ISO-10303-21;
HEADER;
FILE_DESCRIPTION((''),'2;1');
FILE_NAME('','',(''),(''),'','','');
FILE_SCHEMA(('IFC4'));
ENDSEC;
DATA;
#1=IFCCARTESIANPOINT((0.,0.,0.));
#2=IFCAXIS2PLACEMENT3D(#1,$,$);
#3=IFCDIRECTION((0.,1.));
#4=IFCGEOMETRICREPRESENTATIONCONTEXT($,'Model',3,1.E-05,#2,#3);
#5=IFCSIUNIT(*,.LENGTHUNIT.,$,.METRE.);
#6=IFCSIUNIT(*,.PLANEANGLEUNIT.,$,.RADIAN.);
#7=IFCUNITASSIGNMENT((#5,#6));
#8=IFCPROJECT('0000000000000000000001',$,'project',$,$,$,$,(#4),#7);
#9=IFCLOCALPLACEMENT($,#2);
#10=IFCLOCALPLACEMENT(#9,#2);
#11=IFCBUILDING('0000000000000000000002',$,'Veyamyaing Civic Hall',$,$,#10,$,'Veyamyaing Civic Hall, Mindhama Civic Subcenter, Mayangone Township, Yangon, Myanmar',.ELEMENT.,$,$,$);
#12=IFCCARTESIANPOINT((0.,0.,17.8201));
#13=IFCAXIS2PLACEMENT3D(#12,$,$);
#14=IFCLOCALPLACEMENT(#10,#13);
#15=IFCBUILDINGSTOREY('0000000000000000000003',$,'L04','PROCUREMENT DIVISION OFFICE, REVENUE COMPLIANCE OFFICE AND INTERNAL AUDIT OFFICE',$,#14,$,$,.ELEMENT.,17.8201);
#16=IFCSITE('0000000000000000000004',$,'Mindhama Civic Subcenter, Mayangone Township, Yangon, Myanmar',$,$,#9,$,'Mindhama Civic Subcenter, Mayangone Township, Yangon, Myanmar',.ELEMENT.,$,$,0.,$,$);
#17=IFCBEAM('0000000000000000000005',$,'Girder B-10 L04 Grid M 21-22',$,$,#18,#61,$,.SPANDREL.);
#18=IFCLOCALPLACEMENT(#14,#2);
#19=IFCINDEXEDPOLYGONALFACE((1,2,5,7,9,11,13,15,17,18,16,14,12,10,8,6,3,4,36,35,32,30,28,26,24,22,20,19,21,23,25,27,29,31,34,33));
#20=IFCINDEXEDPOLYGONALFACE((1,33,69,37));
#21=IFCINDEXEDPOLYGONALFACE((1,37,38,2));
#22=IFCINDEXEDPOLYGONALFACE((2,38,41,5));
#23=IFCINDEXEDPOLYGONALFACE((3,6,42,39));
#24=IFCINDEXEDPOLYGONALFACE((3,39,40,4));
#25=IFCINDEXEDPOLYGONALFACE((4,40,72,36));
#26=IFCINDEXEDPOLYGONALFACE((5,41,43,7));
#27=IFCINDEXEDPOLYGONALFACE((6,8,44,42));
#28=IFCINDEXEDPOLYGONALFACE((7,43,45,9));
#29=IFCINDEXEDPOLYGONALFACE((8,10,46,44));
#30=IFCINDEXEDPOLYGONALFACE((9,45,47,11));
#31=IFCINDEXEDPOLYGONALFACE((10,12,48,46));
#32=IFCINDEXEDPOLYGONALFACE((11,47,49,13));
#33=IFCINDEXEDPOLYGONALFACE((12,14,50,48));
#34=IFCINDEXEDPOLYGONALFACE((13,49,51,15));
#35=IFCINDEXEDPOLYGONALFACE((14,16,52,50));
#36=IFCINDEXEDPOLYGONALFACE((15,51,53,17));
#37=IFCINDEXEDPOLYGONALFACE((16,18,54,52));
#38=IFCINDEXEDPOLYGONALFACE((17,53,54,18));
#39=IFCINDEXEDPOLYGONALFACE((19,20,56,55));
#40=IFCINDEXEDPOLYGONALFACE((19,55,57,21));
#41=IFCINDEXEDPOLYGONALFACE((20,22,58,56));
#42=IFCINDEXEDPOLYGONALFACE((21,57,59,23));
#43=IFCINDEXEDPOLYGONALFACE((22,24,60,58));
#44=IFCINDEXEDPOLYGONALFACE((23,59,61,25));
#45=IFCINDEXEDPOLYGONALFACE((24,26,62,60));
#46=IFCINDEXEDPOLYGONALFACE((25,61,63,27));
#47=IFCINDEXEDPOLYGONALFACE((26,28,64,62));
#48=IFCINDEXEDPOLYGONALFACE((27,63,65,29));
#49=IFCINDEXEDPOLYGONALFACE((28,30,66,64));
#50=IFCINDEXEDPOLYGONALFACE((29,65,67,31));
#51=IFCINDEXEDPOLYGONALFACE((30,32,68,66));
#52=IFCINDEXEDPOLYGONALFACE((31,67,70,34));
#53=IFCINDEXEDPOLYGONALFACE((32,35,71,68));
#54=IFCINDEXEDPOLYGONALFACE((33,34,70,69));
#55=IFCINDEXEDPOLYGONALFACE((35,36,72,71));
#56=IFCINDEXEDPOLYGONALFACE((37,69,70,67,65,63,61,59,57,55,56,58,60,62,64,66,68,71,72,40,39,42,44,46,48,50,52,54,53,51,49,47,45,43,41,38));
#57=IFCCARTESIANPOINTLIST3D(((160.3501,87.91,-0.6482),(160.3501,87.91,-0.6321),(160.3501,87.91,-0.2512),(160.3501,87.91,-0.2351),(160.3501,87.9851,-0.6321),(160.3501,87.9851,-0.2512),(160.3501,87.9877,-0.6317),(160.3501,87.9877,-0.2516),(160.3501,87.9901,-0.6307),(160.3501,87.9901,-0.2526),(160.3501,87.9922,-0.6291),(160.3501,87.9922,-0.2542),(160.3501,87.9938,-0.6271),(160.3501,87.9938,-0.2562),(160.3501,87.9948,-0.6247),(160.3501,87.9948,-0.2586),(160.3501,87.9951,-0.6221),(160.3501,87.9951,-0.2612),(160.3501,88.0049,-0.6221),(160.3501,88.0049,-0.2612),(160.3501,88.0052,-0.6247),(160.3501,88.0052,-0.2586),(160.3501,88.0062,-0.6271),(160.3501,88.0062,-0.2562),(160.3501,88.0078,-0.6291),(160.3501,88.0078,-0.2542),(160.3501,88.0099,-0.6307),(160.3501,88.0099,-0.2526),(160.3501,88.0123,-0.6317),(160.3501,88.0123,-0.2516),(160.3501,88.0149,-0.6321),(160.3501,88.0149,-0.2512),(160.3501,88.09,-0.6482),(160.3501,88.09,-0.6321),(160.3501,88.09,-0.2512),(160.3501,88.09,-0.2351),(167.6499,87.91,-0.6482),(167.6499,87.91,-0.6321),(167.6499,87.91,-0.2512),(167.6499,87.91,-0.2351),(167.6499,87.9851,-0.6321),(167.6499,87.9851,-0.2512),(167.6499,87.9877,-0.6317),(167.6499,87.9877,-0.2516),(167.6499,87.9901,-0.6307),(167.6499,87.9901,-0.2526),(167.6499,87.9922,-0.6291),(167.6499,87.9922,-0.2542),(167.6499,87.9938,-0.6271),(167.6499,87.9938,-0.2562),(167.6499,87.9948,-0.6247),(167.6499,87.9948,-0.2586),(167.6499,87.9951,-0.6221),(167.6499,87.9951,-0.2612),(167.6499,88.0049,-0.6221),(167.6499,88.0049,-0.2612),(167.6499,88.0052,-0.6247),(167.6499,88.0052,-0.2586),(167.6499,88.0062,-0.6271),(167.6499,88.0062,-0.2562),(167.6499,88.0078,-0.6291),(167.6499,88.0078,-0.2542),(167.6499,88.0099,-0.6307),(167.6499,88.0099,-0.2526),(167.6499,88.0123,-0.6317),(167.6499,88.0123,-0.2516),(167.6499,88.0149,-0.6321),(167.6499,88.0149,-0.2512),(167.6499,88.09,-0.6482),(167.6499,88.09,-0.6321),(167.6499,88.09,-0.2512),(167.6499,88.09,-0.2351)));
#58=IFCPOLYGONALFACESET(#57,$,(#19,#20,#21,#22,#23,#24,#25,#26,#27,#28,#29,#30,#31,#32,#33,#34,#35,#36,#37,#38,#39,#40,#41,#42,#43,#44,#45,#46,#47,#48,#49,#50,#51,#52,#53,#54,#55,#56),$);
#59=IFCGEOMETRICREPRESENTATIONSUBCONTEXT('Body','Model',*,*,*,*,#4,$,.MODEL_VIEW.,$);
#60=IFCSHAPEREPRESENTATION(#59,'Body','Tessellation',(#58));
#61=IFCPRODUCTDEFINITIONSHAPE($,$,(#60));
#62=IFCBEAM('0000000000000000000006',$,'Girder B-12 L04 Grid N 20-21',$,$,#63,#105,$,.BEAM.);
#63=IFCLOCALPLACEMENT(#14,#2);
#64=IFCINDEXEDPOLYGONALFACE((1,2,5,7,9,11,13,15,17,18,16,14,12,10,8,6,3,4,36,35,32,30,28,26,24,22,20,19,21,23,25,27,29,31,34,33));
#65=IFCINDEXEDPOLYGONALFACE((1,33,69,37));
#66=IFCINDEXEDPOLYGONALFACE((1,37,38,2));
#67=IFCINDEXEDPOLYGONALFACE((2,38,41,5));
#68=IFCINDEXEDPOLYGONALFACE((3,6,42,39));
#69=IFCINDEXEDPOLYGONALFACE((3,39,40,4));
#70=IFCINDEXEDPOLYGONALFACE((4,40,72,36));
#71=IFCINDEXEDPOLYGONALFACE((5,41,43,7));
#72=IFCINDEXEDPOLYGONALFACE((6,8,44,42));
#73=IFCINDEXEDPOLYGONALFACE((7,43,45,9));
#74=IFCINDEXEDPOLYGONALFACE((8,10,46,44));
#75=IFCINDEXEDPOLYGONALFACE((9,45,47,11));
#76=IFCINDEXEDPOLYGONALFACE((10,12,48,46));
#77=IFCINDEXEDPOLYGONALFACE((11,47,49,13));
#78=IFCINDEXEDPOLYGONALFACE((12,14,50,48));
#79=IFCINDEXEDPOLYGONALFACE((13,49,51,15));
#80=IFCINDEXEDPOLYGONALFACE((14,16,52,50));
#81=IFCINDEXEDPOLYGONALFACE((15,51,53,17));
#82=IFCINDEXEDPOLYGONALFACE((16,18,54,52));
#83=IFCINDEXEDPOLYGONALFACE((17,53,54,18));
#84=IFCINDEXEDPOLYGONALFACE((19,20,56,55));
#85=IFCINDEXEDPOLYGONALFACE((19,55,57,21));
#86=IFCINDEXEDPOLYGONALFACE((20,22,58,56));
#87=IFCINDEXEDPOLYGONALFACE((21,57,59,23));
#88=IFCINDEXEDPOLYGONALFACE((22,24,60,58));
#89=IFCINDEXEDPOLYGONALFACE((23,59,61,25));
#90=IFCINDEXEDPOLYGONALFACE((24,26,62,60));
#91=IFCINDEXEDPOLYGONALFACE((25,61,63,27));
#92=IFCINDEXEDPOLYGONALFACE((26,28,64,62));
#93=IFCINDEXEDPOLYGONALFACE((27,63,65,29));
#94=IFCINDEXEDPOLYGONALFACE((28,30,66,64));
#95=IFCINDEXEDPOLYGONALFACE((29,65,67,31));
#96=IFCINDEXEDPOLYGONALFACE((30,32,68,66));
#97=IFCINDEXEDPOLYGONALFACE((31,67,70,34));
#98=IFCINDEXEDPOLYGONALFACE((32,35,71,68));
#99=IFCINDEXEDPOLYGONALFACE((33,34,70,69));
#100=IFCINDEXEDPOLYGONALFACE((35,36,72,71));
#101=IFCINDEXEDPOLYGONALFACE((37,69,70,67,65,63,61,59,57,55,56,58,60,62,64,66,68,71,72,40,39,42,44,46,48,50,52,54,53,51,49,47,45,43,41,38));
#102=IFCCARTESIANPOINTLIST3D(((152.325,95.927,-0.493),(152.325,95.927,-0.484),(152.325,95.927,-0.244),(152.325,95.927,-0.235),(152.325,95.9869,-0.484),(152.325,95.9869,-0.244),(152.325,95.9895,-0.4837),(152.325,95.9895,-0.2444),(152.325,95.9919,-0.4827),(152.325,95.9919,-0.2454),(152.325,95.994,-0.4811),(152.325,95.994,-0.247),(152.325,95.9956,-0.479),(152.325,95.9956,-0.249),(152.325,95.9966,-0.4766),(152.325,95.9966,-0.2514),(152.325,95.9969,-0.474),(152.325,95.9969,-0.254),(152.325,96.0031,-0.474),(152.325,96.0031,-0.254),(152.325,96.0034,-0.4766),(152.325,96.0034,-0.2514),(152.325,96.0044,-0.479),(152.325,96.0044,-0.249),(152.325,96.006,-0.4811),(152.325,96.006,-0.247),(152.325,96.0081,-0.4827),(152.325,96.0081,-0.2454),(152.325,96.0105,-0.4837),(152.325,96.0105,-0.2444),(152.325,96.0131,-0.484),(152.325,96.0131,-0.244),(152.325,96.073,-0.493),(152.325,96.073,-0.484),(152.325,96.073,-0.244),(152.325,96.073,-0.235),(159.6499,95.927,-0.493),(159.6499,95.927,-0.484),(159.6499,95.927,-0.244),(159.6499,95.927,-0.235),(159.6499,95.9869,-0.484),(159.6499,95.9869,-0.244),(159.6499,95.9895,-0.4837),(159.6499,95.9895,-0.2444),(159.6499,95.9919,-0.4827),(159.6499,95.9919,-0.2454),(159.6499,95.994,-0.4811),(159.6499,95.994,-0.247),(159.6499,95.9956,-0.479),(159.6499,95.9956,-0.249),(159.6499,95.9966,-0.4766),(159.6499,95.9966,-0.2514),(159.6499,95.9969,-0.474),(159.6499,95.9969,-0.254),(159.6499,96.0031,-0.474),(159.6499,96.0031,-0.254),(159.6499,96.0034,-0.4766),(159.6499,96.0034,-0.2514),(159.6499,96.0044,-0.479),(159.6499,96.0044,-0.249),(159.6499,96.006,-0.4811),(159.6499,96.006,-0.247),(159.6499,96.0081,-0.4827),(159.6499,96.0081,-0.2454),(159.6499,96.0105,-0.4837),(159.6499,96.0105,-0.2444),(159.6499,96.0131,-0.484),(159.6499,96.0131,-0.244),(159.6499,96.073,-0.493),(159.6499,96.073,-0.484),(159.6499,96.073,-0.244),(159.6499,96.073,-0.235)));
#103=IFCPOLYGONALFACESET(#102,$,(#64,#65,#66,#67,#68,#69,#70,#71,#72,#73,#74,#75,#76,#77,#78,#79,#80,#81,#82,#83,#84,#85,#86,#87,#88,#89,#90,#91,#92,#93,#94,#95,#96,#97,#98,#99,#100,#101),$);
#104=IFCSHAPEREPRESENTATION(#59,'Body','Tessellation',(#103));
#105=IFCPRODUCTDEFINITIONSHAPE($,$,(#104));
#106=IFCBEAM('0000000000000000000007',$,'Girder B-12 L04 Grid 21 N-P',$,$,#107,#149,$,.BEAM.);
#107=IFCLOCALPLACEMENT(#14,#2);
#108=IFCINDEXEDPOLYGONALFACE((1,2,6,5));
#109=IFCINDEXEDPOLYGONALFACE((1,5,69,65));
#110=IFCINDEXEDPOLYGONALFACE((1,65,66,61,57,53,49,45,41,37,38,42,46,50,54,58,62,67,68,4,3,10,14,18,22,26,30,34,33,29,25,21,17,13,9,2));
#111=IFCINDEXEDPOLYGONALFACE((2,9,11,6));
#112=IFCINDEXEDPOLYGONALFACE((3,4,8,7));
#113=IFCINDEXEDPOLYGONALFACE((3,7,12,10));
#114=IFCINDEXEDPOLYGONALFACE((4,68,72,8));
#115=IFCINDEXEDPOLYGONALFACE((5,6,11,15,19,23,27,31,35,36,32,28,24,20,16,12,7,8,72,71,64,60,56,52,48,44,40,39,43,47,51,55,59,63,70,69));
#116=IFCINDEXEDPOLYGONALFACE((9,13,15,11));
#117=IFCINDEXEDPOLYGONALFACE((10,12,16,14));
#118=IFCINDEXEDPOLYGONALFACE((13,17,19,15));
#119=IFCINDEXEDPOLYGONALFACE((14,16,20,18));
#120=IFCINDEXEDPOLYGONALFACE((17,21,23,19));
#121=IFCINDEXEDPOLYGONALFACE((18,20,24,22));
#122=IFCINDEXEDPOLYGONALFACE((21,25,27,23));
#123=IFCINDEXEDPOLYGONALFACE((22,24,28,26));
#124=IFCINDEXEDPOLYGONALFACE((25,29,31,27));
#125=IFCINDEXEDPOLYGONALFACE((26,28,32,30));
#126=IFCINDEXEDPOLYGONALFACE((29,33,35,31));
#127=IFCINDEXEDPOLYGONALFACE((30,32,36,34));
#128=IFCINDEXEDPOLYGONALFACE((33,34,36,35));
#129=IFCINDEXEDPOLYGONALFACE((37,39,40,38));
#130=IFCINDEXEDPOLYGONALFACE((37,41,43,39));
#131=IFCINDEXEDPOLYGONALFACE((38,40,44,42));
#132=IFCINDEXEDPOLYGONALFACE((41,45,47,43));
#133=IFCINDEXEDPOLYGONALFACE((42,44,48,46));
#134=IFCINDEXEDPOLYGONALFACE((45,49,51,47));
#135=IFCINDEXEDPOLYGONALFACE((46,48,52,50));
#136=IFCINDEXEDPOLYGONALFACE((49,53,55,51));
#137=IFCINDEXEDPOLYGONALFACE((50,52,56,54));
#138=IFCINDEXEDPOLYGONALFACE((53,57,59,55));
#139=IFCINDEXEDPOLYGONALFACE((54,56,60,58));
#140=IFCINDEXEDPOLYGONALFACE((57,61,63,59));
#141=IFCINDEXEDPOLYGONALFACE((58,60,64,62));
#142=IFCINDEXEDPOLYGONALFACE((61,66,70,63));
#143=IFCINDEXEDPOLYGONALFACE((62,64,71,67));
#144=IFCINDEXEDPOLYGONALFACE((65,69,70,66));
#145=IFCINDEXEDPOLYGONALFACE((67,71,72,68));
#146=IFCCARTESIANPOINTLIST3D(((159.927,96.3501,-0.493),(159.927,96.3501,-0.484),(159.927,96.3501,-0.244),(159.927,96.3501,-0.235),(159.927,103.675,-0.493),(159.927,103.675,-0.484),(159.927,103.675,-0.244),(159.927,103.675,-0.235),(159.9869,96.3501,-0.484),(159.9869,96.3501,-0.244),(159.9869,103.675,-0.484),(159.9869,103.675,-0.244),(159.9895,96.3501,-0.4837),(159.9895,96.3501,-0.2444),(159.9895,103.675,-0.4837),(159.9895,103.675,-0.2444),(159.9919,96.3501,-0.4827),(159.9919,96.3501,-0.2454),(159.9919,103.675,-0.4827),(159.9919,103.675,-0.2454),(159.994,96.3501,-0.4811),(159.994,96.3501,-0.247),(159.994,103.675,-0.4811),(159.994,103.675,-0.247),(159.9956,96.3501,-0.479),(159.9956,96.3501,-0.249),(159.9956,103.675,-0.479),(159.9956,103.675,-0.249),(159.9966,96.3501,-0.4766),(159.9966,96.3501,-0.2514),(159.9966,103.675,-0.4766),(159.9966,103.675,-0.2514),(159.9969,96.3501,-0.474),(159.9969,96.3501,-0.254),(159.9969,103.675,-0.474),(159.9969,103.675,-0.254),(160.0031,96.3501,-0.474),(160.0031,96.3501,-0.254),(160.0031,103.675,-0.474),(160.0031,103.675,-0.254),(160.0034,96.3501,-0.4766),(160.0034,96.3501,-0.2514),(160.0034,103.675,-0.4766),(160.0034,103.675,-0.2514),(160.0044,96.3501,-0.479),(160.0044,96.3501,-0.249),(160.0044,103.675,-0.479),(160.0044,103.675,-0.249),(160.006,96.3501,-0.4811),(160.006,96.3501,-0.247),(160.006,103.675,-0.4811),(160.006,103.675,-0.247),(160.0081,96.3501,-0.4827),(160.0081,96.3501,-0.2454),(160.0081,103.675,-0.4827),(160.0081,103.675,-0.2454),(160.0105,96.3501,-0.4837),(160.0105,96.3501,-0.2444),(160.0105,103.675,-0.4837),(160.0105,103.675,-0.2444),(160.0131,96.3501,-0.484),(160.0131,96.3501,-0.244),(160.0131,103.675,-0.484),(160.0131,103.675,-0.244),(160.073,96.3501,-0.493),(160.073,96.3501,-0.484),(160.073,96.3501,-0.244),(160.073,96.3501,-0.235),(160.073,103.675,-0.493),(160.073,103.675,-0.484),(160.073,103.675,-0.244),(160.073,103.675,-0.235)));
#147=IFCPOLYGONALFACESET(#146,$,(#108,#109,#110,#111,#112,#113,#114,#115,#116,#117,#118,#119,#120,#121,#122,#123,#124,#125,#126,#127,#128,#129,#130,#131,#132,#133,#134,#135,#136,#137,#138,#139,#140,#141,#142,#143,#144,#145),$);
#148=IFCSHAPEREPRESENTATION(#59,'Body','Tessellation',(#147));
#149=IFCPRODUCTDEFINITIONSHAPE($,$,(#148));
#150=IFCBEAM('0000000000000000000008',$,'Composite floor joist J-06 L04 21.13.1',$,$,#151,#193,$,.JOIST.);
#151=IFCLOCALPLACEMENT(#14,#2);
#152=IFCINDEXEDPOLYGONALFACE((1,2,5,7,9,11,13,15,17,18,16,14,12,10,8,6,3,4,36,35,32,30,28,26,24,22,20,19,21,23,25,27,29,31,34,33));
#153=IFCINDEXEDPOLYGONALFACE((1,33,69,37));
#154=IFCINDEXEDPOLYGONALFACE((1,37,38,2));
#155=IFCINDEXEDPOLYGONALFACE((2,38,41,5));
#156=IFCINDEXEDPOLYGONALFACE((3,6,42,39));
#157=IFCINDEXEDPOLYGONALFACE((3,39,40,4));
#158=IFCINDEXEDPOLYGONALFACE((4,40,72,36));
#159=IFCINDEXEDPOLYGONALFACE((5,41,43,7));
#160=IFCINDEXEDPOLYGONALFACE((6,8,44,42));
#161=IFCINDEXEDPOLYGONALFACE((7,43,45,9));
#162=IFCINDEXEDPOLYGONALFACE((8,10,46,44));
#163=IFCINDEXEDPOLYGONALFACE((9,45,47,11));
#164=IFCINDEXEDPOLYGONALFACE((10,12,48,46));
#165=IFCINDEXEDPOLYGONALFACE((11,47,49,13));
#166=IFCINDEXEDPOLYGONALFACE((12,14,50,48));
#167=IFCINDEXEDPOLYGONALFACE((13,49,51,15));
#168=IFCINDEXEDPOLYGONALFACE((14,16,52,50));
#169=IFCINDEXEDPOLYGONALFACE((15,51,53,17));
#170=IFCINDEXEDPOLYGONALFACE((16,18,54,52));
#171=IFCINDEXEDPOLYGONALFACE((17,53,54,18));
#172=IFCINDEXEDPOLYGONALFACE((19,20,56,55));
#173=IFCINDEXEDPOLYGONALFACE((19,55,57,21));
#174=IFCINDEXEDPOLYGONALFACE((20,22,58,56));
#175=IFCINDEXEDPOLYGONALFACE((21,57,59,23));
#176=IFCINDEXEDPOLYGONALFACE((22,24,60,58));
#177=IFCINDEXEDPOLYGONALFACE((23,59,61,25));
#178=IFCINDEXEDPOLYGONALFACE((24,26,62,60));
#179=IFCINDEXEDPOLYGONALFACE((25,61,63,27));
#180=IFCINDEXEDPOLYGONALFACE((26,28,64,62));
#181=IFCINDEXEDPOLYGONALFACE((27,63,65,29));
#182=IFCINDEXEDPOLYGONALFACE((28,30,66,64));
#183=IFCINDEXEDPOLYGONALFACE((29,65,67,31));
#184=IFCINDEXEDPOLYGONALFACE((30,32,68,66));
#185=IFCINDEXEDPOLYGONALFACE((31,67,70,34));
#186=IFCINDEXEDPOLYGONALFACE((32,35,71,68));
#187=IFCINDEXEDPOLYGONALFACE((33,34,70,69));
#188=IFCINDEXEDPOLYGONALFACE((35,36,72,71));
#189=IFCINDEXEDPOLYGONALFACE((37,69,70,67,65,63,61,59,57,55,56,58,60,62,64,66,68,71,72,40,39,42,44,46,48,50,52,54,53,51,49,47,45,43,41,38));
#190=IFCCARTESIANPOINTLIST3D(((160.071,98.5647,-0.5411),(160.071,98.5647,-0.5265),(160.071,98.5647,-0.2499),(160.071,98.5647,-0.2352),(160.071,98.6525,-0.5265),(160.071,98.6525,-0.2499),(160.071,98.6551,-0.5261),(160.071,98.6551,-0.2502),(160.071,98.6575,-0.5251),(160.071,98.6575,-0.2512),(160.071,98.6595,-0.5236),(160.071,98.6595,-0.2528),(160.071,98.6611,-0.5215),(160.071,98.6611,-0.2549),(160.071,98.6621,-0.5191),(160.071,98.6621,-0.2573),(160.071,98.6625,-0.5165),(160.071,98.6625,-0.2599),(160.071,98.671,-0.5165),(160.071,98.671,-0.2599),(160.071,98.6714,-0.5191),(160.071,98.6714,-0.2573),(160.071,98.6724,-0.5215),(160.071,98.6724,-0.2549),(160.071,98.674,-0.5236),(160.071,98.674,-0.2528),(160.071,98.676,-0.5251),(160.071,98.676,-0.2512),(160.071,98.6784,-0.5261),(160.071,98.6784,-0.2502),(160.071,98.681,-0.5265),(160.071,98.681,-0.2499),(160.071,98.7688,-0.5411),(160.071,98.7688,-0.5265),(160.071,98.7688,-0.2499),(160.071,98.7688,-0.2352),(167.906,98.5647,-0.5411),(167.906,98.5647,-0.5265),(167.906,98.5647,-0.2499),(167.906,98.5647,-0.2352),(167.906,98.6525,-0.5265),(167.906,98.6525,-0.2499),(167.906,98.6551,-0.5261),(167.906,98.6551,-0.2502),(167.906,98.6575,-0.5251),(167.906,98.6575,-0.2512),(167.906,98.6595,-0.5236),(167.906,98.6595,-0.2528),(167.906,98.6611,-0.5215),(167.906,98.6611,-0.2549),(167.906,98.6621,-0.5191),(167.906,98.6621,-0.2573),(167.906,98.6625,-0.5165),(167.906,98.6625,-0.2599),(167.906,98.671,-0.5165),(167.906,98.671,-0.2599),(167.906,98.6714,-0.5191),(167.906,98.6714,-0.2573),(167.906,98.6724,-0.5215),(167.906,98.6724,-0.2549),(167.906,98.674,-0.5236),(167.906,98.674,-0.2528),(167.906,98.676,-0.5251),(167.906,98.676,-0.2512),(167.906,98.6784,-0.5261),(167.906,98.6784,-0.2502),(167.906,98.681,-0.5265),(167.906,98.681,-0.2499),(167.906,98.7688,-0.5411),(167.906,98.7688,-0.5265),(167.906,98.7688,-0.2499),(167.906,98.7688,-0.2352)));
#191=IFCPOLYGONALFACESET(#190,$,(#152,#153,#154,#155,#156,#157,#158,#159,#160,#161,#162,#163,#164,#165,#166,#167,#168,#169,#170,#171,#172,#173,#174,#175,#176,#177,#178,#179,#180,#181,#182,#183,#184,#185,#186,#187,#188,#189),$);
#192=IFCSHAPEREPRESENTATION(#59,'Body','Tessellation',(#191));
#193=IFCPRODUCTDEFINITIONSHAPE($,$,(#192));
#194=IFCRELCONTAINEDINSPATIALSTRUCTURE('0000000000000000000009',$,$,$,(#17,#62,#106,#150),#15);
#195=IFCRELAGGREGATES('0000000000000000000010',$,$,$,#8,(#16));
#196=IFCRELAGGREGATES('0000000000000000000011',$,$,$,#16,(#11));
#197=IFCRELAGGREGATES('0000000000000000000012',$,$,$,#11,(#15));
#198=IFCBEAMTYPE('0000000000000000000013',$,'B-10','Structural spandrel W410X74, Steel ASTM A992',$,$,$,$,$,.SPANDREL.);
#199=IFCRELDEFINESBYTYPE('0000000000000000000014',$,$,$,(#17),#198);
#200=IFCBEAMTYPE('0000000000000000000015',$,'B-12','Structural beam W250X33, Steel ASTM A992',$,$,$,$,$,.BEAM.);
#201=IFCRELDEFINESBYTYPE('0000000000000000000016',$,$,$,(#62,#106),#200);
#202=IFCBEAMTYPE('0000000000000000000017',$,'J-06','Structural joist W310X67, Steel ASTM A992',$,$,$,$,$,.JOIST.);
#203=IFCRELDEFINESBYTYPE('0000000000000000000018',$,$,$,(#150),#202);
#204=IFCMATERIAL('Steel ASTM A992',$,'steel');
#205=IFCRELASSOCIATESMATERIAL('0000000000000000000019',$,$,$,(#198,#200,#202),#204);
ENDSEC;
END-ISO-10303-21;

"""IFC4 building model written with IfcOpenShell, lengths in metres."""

from ifc_helpers import new_model, si_unit, direction, frame, origin, origin_2d, place, context, subcontext, project, spatial, i_section, extrude, material, material_profile, profile_set, type_object, element, save


model = new_model("IFC4")

# Units and contexts
model_context = context("Model", 3, precision=1e-05, world=origin(), true_north=direction((0.0, 1.0)))
body_context = subcontext(model_context, "Body", "Model", "MODEL_VIEW")
ifc_project = project(units=[si_unit("LENGTHUNIT", "METRE"), si_unit("PLANEANGLEUNIT", "RADIAN")], contexts=[model_context])

# Site, building, storey
site_placement = place(None, origin())
site = spatial("IfcSite", under=ifc_project, at=site_placement, Name="Mindhama Civic Subcenter, Mayangone Township, Yangon, Myanmar", LongName="Mindhama Civic Subcenter, Mayangone Township, Yangon, Myanmar", CompositionType="ELEMENT", RefElevation=0.0)
building_placement = place(site_placement, origin())
building = spatial("IfcBuilding", under=site, at=building_placement, Name="Veyamyaing Civic Hall", LongName="Veyamyaing Civic Hall, Mindhama Civic Subcenter, Mayangone Township, Yangon, Myanmar", CompositionType="ELEMENT")
storey_placement = place(building_placement, frame((0.0, 0.0, 17.8201)))
storey = spatial("IfcBuildingStorey", under=building, at=storey_placement, Name="L04", Description="PROCUREMENT DIVISION OFFICE, REVENUE COMPLIANCE OFFICE AND INTERNAL AUDIT OFFICE", CompositionType="ELEMENT", Elevation=17.8201)

# Beams
ifc_material_1 = material(Name="Steel ASTM A992", Category="steel")
ifc_material_profile_1 = material_profile(ifc_material_1, i_section(OverallWidth=0.1799, OverallDepth=0.4131, WebThickness=0.0098, FlangeThickness=0.0161, FilletRadius=0.01, at=origin_2d()), Name="W410X74")
ifc_profile_set_1 = profile_set([ifc_material_profile_1], Name="Steel ASTM A992")
beam_type_1 = type_object("IfcBeamType", Name="B-10", Description="Structural spandrel W410X74, Steel ASTM A992", PredefinedType="SPANDREL", material=ifc_profile_set_1)
beam_1_placement = place(storey_placement, frame((160.3501, 88.0, -0.4417), z_axis=(1.0, 0.0, 0.0), x_axis=(0.0, 1.0, 0.0)))
element("IfcBeam", 1, at=beam_1_placement, inside=storey, type_object=beam_type_1, Name="Girder B-10 L04 Grid M 21-22", PredefinedType="SPANDREL", context=body_context, shape_type="SweptSolid", body=[
    extrude(i_section(OverallWidth=0.1799, OverallDepth=0.4131, WebThickness=0.0098, FlangeThickness=0.0161, FilletRadius=0.01, at=origin_2d()), origin(), (0.0, 0.0, 1.0), 7.2998),
])
ifc_material_profile_2 = material_profile(ifc_material_1, i_section(OverallWidth=0.146, OverallDepth=0.2581, WebThickness=0.0061, FlangeThickness=0.009, FilletRadius=0.01, at=origin_2d()), Name="W250X33")
ifc_profile_set_2 = profile_set([ifc_material_profile_2], Name="Steel ASTM A992")
beam_type_2 = type_object("IfcBeamType", Name="B-12", Description="Structural beam W250X33, Steel ASTM A992", PredefinedType="BEAM", material=ifc_profile_set_2)
for number, where, z_axis, x_axis, name in (
    (2, (152.325, 96.0, -0.364), (1.0, 0.0, 0.0), (0.0, 1.0, 0.0), "Girder B-12 L04 Grid N 20-21"),
    (3, (160.0, 96.3501, -0.364), (0.0, 1.0, 0.0), (-1.0, 0.0, 0.0), "Girder B-12 L04 Grid 21 N-P"),
):
    element("IfcBeam", number, at=place(storey_placement, frame(where, z_axis=z_axis, x_axis=x_axis)), inside=storey, type_object=beam_type_2, Name=name, PredefinedType="BEAM", context=body_context, shape_type="SweptSolid", body=[
        extrude(i_section(OverallWidth=0.146, OverallDepth=0.2581, WebThickness=0.0061, FlangeThickness=0.009, FilletRadius=0.01, at=origin_2d()), origin(), (0.0, 0.0, 1.0), 7.325),
    ])
ifc_material_profile_3 = material_profile(ifc_material_1, i_section(OverallWidth=0.2041, OverallDepth=0.3059, WebThickness=0.0085, FlangeThickness=0.0146, FilletRadius=0.01, at=origin_2d()), Name="W310X67")
ifc_profile_set_3 = profile_set([ifc_material_profile_3], Name="Steel ASTM A992")
beam_type_3 = type_object("IfcBeamType", Name="J-06", Description="Structural joist W310X67, Steel ASTM A992", PredefinedType="JOIST", material=ifc_profile_set_3)
for number, where, z_axis, x_axis, name in (
    (4, (160.071, 98.6667, -0.3882), (1.0, 0.0, 0.0), (0.0, 1.0, 0.0), "Composite floor joist J-06 L04 21.13.1"),
):
    element("IfcBeam", number, at=place(storey_placement, frame(where, z_axis=z_axis, x_axis=x_axis)), inside=storey, type_object=beam_type_3, Name=name, PredefinedType="JOIST", context=body_context, shape_type="SweptSolid", body=[
        extrude(i_section(OverallWidth=0.2041, OverallDepth=0.3059, WebThickness=0.0085, FlangeThickness=0.0146, FilletRadius=0.01, at=origin_2d()), origin(), (0.0, 0.0, 1.0), 7.835),
    ])

save(model, "model.ifc")
